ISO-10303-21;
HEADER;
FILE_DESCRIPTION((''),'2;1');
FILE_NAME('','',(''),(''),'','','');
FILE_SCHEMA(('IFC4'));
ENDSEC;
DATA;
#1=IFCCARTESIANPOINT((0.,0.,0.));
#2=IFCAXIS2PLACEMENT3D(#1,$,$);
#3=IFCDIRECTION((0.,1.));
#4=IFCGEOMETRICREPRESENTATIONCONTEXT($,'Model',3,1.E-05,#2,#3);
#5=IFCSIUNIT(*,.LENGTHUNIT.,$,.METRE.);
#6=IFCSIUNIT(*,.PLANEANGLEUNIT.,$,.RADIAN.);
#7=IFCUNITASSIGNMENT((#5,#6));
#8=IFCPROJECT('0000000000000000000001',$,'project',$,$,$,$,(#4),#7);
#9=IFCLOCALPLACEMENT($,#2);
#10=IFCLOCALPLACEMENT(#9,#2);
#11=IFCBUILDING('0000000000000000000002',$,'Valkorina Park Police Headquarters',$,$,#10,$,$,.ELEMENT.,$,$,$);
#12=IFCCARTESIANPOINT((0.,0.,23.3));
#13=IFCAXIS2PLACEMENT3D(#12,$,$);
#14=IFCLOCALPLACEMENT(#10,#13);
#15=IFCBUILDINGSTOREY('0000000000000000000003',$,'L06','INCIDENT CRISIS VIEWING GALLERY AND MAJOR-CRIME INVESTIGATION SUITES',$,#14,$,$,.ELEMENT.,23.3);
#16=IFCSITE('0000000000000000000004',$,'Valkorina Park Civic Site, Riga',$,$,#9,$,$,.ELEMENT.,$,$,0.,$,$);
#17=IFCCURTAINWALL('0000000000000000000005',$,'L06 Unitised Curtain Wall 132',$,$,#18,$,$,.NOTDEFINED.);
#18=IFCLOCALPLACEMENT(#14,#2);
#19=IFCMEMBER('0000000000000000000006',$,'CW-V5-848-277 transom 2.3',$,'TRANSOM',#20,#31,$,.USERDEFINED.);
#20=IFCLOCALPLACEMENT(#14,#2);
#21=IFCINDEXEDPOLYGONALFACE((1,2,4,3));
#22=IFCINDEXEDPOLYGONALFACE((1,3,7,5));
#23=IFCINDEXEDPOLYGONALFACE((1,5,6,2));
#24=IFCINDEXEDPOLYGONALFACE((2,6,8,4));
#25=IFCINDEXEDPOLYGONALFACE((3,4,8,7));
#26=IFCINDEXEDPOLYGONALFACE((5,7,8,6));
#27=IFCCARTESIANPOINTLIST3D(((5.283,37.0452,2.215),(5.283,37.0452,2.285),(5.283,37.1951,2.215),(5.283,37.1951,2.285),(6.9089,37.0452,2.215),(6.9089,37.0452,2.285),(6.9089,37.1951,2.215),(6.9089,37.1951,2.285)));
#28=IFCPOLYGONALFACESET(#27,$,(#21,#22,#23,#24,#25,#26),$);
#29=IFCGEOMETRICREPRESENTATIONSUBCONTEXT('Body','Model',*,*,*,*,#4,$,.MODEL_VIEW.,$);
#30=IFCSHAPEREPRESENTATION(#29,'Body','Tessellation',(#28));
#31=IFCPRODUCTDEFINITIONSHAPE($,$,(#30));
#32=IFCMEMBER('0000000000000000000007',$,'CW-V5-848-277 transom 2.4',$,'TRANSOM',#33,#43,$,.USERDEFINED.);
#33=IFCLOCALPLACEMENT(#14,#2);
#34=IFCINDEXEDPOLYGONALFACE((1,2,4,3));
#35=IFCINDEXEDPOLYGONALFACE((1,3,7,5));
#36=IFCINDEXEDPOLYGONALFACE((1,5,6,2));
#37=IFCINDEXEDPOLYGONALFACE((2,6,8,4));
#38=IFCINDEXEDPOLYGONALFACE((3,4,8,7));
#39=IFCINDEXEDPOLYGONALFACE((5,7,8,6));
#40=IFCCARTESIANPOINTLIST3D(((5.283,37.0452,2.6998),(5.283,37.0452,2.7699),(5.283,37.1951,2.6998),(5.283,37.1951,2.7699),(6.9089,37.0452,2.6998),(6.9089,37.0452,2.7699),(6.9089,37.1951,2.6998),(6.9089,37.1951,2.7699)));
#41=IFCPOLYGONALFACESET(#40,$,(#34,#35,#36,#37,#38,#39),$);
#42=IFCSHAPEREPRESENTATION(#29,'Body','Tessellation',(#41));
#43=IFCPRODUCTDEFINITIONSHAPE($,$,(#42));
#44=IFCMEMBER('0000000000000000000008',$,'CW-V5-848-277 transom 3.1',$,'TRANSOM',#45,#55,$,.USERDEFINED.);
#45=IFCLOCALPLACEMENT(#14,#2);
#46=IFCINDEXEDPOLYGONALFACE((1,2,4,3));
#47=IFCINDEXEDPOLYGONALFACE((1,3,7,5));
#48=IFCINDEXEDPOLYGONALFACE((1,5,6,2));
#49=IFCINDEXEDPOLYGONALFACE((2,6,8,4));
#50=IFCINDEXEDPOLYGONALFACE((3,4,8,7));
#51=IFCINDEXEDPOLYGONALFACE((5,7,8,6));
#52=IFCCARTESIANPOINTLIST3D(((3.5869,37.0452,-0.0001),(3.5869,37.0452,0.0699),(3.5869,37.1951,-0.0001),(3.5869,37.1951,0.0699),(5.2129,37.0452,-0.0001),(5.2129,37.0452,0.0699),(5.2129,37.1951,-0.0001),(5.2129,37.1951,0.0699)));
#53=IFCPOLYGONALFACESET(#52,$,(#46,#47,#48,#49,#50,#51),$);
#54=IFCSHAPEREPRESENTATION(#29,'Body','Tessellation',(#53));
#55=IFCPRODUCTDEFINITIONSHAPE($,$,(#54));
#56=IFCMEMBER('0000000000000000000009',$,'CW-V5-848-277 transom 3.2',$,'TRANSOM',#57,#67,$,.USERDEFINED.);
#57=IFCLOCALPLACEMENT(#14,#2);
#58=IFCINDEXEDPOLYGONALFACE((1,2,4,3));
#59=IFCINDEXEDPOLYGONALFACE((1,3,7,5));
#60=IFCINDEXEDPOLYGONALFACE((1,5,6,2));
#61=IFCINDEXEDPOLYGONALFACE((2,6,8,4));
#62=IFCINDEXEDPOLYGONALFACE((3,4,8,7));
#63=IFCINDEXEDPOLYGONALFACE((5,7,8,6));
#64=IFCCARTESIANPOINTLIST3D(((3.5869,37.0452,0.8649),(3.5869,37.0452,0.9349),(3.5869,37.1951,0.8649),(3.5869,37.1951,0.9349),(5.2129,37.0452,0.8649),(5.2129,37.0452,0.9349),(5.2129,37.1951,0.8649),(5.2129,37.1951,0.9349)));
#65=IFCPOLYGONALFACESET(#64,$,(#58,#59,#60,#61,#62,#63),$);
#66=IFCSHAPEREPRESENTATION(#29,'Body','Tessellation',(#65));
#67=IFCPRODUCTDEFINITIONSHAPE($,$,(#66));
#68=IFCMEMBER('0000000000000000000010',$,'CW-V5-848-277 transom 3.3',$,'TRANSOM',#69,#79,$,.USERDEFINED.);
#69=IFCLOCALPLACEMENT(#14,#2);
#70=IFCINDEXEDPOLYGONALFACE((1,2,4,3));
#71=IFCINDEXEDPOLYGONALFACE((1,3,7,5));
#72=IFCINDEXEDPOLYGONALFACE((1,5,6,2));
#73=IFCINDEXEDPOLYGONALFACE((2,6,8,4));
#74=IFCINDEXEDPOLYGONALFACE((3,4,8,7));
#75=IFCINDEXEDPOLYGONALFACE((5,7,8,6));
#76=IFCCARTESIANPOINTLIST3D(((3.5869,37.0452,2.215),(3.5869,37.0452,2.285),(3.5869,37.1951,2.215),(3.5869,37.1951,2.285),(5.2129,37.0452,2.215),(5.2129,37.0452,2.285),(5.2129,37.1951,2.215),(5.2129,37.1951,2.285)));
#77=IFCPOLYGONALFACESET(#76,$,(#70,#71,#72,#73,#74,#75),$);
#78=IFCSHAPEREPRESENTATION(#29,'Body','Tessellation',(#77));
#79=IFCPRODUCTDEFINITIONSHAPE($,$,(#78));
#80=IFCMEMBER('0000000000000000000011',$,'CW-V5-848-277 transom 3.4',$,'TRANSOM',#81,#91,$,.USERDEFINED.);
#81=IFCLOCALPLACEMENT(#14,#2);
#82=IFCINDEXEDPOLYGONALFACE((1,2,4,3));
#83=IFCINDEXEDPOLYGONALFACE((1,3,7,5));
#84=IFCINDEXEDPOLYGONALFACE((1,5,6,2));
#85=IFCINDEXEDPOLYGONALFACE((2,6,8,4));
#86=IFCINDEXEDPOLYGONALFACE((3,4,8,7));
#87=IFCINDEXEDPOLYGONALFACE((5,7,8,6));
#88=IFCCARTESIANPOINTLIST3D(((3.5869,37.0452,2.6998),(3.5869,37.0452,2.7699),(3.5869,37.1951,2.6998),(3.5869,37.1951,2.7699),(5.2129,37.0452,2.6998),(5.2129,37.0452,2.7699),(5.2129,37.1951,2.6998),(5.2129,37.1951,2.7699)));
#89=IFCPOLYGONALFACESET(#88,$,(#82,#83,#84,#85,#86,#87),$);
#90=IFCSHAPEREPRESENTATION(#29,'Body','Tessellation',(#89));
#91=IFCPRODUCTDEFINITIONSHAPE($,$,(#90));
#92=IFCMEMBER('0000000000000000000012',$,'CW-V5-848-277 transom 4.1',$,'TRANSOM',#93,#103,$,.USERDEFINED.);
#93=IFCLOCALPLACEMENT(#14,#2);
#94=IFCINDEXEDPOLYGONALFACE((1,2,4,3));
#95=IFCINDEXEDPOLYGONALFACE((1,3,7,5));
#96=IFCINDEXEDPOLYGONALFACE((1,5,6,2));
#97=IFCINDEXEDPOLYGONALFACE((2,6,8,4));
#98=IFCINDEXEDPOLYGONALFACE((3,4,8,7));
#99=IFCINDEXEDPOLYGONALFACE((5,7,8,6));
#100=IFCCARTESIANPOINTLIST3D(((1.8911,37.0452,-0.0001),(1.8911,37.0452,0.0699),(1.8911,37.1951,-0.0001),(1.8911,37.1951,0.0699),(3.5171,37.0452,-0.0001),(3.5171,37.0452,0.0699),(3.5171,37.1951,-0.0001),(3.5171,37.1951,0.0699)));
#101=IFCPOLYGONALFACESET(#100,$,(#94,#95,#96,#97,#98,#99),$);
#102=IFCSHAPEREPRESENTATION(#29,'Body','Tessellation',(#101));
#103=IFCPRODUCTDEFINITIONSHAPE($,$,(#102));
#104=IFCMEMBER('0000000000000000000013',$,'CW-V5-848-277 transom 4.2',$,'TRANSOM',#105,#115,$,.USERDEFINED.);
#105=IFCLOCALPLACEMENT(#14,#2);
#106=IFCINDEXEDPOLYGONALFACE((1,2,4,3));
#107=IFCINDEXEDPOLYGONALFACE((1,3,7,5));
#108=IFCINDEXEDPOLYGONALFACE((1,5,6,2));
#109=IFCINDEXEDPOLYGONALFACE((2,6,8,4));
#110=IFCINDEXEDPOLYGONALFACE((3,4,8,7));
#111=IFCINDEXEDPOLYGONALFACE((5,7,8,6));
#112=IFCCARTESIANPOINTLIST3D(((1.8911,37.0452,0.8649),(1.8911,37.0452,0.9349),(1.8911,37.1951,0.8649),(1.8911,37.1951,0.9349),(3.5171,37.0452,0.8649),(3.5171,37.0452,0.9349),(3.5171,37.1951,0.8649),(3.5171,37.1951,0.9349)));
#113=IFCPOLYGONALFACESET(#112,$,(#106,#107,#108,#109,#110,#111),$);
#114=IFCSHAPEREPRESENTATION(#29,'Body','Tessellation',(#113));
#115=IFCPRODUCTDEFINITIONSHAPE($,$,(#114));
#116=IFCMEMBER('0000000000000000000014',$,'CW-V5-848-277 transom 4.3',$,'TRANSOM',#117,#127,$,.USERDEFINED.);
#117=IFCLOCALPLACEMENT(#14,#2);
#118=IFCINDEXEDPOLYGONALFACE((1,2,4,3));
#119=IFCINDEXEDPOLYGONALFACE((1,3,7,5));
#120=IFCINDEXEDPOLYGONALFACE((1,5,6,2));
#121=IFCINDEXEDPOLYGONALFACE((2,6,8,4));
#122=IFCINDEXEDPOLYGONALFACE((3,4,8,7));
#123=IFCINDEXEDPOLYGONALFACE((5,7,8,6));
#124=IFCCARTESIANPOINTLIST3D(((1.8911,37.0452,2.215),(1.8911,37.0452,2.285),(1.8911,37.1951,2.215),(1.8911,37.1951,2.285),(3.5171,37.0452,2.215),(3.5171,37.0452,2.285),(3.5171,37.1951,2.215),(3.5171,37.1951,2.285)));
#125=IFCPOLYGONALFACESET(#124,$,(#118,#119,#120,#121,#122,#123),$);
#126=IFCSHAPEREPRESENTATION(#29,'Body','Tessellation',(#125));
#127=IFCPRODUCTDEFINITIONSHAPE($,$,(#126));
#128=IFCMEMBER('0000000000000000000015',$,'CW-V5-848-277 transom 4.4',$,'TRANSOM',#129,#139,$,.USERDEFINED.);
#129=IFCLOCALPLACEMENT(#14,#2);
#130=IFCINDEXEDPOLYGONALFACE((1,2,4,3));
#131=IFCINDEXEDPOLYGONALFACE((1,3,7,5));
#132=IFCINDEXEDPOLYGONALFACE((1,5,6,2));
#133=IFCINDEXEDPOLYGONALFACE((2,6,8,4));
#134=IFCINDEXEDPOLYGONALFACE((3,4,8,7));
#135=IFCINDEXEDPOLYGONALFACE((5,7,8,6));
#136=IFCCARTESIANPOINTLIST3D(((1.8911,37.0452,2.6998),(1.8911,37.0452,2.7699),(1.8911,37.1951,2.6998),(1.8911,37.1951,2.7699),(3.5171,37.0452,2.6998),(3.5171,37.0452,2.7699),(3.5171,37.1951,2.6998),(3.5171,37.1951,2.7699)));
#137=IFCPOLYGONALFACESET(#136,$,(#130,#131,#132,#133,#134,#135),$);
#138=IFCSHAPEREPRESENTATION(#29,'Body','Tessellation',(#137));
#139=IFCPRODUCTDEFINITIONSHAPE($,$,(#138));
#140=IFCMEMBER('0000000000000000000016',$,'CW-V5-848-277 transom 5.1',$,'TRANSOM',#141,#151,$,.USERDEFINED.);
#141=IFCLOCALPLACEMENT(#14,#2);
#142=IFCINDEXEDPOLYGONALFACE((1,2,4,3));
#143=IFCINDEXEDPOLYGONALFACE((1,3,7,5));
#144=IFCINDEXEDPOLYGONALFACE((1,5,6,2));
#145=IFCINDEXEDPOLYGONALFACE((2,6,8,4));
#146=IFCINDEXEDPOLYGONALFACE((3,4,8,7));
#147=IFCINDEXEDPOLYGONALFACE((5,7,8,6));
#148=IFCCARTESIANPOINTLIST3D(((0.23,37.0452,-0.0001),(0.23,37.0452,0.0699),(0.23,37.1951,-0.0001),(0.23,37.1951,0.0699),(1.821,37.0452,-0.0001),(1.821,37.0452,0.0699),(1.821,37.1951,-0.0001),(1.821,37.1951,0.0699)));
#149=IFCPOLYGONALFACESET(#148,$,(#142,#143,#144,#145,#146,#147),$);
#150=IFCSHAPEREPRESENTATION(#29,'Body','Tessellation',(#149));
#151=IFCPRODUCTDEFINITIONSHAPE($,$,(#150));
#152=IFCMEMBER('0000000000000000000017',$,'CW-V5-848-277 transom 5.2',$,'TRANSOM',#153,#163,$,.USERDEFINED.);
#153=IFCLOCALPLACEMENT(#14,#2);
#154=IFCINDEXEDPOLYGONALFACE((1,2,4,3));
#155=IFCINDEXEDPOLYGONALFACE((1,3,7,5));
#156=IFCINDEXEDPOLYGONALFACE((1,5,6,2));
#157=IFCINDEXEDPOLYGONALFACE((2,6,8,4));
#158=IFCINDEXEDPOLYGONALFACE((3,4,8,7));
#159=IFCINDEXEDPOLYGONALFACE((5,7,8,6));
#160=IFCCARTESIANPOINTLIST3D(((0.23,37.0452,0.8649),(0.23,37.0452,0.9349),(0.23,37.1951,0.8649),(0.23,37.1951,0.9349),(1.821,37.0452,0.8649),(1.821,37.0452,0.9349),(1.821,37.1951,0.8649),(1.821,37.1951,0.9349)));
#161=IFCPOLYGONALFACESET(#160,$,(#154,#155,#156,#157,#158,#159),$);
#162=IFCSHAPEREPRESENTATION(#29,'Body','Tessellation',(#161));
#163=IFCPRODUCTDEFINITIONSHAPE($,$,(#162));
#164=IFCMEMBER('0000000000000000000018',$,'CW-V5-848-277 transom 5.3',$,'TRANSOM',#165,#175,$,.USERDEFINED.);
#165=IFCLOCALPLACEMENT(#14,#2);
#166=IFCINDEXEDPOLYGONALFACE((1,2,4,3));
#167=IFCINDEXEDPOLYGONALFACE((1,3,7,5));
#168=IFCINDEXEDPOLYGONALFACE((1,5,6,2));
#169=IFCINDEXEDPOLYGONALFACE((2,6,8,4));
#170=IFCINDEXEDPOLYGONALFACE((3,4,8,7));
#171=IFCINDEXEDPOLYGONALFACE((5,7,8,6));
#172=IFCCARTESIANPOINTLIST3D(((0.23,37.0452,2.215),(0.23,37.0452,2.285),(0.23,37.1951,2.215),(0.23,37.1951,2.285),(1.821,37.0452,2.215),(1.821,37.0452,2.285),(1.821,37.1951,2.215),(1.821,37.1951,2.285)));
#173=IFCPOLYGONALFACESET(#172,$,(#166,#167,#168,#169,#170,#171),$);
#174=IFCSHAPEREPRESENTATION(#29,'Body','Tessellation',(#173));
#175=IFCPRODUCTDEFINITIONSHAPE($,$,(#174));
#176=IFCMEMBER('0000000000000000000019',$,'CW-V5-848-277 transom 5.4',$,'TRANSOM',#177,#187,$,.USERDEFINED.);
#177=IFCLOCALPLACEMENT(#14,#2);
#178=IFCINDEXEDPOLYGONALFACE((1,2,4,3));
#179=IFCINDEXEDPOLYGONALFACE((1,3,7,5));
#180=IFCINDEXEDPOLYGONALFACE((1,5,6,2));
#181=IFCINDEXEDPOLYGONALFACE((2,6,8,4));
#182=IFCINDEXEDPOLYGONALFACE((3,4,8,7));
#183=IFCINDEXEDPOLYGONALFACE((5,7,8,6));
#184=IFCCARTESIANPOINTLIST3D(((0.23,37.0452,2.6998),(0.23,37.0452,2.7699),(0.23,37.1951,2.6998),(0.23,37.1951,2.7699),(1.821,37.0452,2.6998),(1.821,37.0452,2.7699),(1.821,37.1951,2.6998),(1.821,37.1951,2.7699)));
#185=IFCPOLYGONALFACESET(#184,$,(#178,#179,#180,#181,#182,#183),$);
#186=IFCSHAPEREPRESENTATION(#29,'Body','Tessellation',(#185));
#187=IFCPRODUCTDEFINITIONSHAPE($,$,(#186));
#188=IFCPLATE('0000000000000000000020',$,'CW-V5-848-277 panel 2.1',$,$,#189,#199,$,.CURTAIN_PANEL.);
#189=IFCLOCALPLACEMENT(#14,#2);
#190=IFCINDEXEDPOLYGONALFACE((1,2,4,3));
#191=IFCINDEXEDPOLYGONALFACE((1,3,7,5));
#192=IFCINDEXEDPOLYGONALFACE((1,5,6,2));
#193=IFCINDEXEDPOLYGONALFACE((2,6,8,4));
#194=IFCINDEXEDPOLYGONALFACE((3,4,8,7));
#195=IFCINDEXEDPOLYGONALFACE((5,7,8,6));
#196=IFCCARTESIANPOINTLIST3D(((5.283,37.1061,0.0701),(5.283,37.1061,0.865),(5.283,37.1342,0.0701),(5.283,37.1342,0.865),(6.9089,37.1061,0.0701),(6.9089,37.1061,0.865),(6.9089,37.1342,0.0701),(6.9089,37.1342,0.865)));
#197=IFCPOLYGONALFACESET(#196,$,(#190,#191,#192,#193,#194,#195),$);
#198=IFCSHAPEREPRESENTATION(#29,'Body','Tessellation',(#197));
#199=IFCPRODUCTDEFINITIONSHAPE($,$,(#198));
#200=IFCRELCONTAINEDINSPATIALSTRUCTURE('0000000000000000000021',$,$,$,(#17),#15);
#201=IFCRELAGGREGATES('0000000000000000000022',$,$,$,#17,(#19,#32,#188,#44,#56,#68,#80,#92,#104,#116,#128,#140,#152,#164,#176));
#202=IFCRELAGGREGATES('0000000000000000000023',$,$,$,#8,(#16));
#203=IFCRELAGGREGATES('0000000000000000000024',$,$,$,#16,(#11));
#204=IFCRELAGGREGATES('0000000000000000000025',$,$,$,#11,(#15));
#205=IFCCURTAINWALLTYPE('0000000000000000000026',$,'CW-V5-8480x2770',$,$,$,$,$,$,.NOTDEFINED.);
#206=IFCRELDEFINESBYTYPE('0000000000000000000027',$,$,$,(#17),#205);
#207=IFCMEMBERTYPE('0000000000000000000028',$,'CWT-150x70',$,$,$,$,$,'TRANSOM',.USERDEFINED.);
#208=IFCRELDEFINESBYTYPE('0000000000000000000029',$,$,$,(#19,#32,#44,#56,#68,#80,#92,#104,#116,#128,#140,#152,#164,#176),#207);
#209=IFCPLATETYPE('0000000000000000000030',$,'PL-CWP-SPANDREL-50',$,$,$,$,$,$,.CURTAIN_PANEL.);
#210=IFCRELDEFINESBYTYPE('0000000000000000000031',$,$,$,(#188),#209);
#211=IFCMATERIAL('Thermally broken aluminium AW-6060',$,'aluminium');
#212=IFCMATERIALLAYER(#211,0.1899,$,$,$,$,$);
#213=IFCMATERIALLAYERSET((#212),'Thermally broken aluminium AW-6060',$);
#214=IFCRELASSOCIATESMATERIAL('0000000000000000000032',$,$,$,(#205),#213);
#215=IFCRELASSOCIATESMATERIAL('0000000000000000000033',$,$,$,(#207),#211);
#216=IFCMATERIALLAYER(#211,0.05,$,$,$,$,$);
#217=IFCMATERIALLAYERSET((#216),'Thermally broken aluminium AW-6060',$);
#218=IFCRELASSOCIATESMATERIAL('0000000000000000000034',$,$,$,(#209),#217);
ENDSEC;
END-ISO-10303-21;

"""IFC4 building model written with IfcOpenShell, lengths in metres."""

from ifc_helpers import new_model, si_unit, direction, frame, origin, origin_2d, place, context, subcontext, project, spatial, rectangle, extrude, material, layer, layer_set, material_profile, profile_set, type_object, element, aggregate, save


model = new_model("IFC4")

# Units and contexts
model_context = context("Model", 3, precision=1e-05, world=origin(), true_north=direction((0.0, 1.0)))
body_context = subcontext(model_context, "Body", "Model", "MODEL_VIEW")
ifc_project = project(units=[si_unit("LENGTHUNIT", "METRE"), si_unit("PLANEANGLEUNIT", "RADIAN")], contexts=[model_context])

# Site, building, storey
site_placement = place(None, origin())
site = spatial("IfcSite", under=ifc_project, at=site_placement, Name="Valkorina Park Civic Site, Riga", CompositionType="ELEMENT", RefElevation=0.0)
building_placement = place(site_placement, origin())
building = spatial("IfcBuilding", under=site, at=building_placement, Name="Valkorina Park Police Headquarters", CompositionType="ELEMENT")
storey_placement = place(building_placement, frame((0.0, 0.0, 23.3)))
storey = spatial("IfcBuildingStorey", under=building, at=storey_placement, Name="L06", Description="INCIDENT CRISIS VIEWING GALLERY AND MAJOR-CRIME INVESTIGATION SUITES", CompositionType="ELEMENT", Elevation=23.3)

# Curtain wall, members, plate
ifc_material_1 = material(Name="Thermally broken aluminium AW-6060", Category="aluminium")
ifc_layer_1 = layer(ifc_material_1, 0.1899)
ifc_layer_set_1 = layer_set([ifc_layer_1], Name="Thermally broken aluminium AW-6060")
curtain_wall_type = type_object("IfcCurtainWallType", Name="CW-V5-8480x2770", PredefinedType="NOTDEFINED", material=ifc_layer_set_1)
curtain_wall_placement = place(storey_placement, origin())
curtain_wall = element("IfcCurtainWall", 1, at=curtain_wall_placement, inside=storey, type_object=curtain_wall_type, Name="L06 Unitised Curtain Wall 132", PredefinedType="NOTDEFINED")
ifc_material_profile_1 = material_profile(ifc_material_1, rectangle(XDim=0.1499, YDim=0.0701, at=origin_2d()), Name="CWT-02 150x70")
ifc_profile_set_1 = profile_set([ifc_material_profile_1], Name="Thermally broken aluminium AW-6060")
member_type_1 = type_object("IfcMemberType", Name="CWT-150x70", ElementType="TRANSOM", PredefinedType="USERDEFINED", material=ifc_profile_set_1)
member_1_placement = place(storey_placement, frame((6.9089, 37.1201, 2.25), z_axis=(-1.0, 0.0, 0.0), x_axis=(0.0, -1.0, 0.0)))
member_1 = element("IfcMember", 2, at=member_1_placement, type_object=member_type_1, Name="CW-V5-848-277 transom 2.3", ObjectType="TRANSOM", PredefinedType="USERDEFINED", context=body_context, shape_type="SweptSolid", body=[
    extrude(rectangle(XDim=0.1499, YDim=0.0701, at=origin_2d()), origin(), (0.0, 0.0, 1.0), 1.626),
])
member_2_placement = place(storey_placement, frame((6.9089, 37.1201, 2.7349), z_axis=(-1.0, 0.0, 0.0), x_axis=(0.0, -1.0, 0.0)))
member_2 = element("IfcMember", 3, at=member_2_placement, type_object=member_type_1, Name="CW-V5-848-277 transom 2.4", ObjectType="TRANSOM", PredefinedType="USERDEFINED", context=body_context, shape_type="SweptSolid", body=[
    extrude(rectangle(XDim=0.1499, YDim=0.0701, at=origin_2d()), origin(), (0.0, 0.0, 1.0), 1.626),
])
member_3_placement = place(storey_placement, frame((5.2129, 37.1201, 0.0349), z_axis=(-1.0, 0.0, 0.0), x_axis=(0.0, -1.0, 0.0)))
member_3 = element("IfcMember", 4, at=member_3_placement, type_object=member_type_1, Name="CW-V5-848-277 transom 3.1", ObjectType="TRANSOM", PredefinedType="USERDEFINED", context=body_context, shape_type="SweptSolid", body=[
    extrude(rectangle(XDim=0.1499, YDim=0.0701, at=origin_2d()), origin(), (0.0, 0.0, 1.0), 1.626),
])
member_4_placement = place(storey_placement, frame((5.2129, 37.1201, 0.8999), z_axis=(-1.0, 0.0, 0.0), x_axis=(0.0, -1.0, 0.0)))
member_4 = element("IfcMember", 5, at=member_4_placement, type_object=member_type_1, Name="CW-V5-848-277 transom 3.2", ObjectType="TRANSOM", PredefinedType="USERDEFINED", context=body_context, shape_type="SweptSolid", body=[
    extrude(rectangle(XDim=0.1499, YDim=0.0701, at=origin_2d()), origin(), (0.0, 0.0, 1.0), 1.626),
])
member_5_placement = place(storey_placement, frame((5.2129, 37.1201, 2.25), z_axis=(-1.0, 0.0, 0.0), x_axis=(0.0, -1.0, 0.0)))
member_5 = element("IfcMember", 6, at=member_5_placement, type_object=member_type_1, Name="CW-V5-848-277 transom 3.3", ObjectType="TRANSOM", PredefinedType="USERDEFINED", context=body_context, shape_type="SweptSolid", body=[
    extrude(rectangle(XDim=0.1499, YDim=0.0701, at=origin_2d()), origin(), (0.0, 0.0, 1.0), 1.626),
])
member_6_placement = place(storey_placement, frame((5.2129, 37.1201, 2.7349), z_axis=(-1.0, 0.0, 0.0), x_axis=(0.0, -1.0, 0.0)))
member_6 = element("IfcMember", 7, at=member_6_placement, type_object=member_type_1, Name="CW-V5-848-277 transom 3.4", ObjectType="TRANSOM", PredefinedType="USERDEFINED", context=body_context, shape_type="SweptSolid", body=[
    extrude(rectangle(XDim=0.1499, YDim=0.0701, at=origin_2d()), origin(), (0.0, 0.0, 1.0), 1.626),
])
member_7_placement = place(storey_placement, frame((3.5171, 37.1201, 0.0349), z_axis=(-1.0, 0.0, 0.0), x_axis=(0.0, -1.0, 0.0)))
member_7 = element("IfcMember", 8, at=member_7_placement, type_object=member_type_1, Name="CW-V5-848-277 transom 4.1", ObjectType="TRANSOM", PredefinedType="USERDEFINED", context=body_context, shape_type="SweptSolid", body=[
    extrude(rectangle(XDim=0.1499, YDim=0.0701, at=origin_2d()), origin(), (0.0, 0.0, 1.0), 1.626),
])
member_8_placement = place(storey_placement, frame((3.5171, 37.1201, 0.8999), z_axis=(-1.0, 0.0, 0.0), x_axis=(0.0, -1.0, 0.0)))
member_8 = element("IfcMember", 9, at=member_8_placement, type_object=member_type_1, Name="CW-V5-848-277 transom 4.2", ObjectType="TRANSOM", PredefinedType="USERDEFINED", context=body_context, shape_type="SweptSolid", body=[
    extrude(rectangle(XDim=0.1499, YDim=0.0701, at=origin_2d()), origin(), (0.0, 0.0, 1.0), 1.626),
])
member_9_placement = place(storey_placement, frame((3.5171, 37.1201, 2.25), z_axis=(-1.0, 0.0, 0.0), x_axis=(0.0, -1.0, 0.0)))
member_9 = element("IfcMember", 10, at=member_9_placement, type_object=member_type_1, Name="CW-V5-848-277 transom 4.3", ObjectType="TRANSOM", PredefinedType="USERDEFINED", context=body_context, shape_type="SweptSolid", body=[
    extrude(rectangle(XDim=0.1499, YDim=0.0701, at=origin_2d()), origin(), (0.0, 0.0, 1.0), 1.626),
])
member_10_placement = place(storey_placement, frame((3.5171, 37.1201, 2.7349), z_axis=(-1.0, 0.0, 0.0), x_axis=(0.0, -1.0, 0.0)))
member_10 = element("IfcMember", 11, at=member_10_placement, type_object=member_type_1, Name="CW-V5-848-277 transom 4.4", ObjectType="TRANSOM", PredefinedType="USERDEFINED", context=body_context, shape_type="SweptSolid", body=[
    extrude(rectangle(XDim=0.1499, YDim=0.0701, at=origin_2d()), origin(), (0.0, 0.0, 1.0), 1.626),
])
member_11_placement = place(storey_placement, frame((1.821, 37.1201, 0.0349), z_axis=(-1.0, 0.0, 0.0), x_axis=(0.0, -1.0, 0.0)))
member_11 = element("IfcMember", 12, at=member_11_placement, type_object=member_type_1, Name="CW-V5-848-277 transom 5.1", ObjectType="TRANSOM", PredefinedType="USERDEFINED", context=body_context, shape_type="SweptSolid", body=[
    extrude(rectangle(XDim=0.1499, YDim=0.0701, at=origin_2d()), origin(), (0.0, 0.0, 1.0), 1.5911),
])
member_12_placement = place(storey_placement, frame((1.821, 37.1201, 0.8999), z_axis=(-1.0, 0.0, 0.0), x_axis=(0.0, -1.0, 0.0)))
member_12 = element("IfcMember", 13, at=member_12_placement, type_object=member_type_1, Name="CW-V5-848-277 transom 5.2", ObjectType="TRANSOM", PredefinedType="USERDEFINED", context=body_context, shape_type="SweptSolid", body=[
    extrude(rectangle(XDim=0.1499, YDim=0.0701, at=origin_2d()), origin(), (0.0, 0.0, 1.0), 1.5911),
])
member_13_placement = place(storey_placement, frame((1.821, 37.1201, 2.25), z_axis=(-1.0, 0.0, 0.0), x_axis=(0.0, -1.0, 0.0)))
member_13 = element("IfcMember", 14, at=member_13_placement, type_object=member_type_1, Name="CW-V5-848-277 transom 5.3", ObjectType="TRANSOM", PredefinedType="USERDEFINED", context=body_context, shape_type="SweptSolid", body=[
    extrude(rectangle(XDim=0.1499, YDim=0.0701, at=origin_2d()), origin(), (0.0, 0.0, 1.0), 1.5911),
])
member_14_placement = place(storey_placement, frame((1.821, 37.1201, 2.7349), z_axis=(-1.0, 0.0, 0.0), x_axis=(0.0, -1.0, 0.0)))
member_14 = element("IfcMember", 15, at=member_14_placement, type_object=member_type_1, Name="CW-V5-848-277 transom 5.4", ObjectType="TRANSOM", PredefinedType="USERDEFINED", context=body_context, shape_type="SweptSolid", body=[
    extrude(rectangle(XDim=0.1499, YDim=0.0701, at=origin_2d()), origin(), (0.0, 0.0, 1.0), 1.5911),
])
ifc_layer_2 = layer(ifc_material_1, 0.05)
ifc_layer_set_2 = layer_set([ifc_layer_2], Name="Thermally broken aluminium AW-6060")
plate_type_1 = type_object("IfcPlateType", Name="PL-CWP-SPANDREL-50", PredefinedType="CURTAIN_PANEL", material=ifc_layer_set_2)
plate_1_placement = place(storey_placement, frame((6.0959, 37.1201, 0.0701), z_axis=(0.0, 0.0, 1.0), x_axis=(-1.0, 0.0, 0.0)))
plate_1 = element("IfcPlate", 16, at=plate_1_placement, type_object=plate_type_1, Name="CW-V5-848-277 panel 2.1", PredefinedType="CURTAIN_PANEL", context=body_context, shape_type="SweptSolid", body=[
    extrude(rectangle(XDim=1.626, YDim=0.0281, at=origin_2d()), origin(), (0.0, 0.0, 1.0), 0.7949),
])
aggregate(curtain_wall, [member_1, member_2, plate_1, member_3, member_4, member_5, member_6, member_7, member_8, member_9, member_10, member_11, member_12, member_13, member_14])

save(model, "model.ifc")
